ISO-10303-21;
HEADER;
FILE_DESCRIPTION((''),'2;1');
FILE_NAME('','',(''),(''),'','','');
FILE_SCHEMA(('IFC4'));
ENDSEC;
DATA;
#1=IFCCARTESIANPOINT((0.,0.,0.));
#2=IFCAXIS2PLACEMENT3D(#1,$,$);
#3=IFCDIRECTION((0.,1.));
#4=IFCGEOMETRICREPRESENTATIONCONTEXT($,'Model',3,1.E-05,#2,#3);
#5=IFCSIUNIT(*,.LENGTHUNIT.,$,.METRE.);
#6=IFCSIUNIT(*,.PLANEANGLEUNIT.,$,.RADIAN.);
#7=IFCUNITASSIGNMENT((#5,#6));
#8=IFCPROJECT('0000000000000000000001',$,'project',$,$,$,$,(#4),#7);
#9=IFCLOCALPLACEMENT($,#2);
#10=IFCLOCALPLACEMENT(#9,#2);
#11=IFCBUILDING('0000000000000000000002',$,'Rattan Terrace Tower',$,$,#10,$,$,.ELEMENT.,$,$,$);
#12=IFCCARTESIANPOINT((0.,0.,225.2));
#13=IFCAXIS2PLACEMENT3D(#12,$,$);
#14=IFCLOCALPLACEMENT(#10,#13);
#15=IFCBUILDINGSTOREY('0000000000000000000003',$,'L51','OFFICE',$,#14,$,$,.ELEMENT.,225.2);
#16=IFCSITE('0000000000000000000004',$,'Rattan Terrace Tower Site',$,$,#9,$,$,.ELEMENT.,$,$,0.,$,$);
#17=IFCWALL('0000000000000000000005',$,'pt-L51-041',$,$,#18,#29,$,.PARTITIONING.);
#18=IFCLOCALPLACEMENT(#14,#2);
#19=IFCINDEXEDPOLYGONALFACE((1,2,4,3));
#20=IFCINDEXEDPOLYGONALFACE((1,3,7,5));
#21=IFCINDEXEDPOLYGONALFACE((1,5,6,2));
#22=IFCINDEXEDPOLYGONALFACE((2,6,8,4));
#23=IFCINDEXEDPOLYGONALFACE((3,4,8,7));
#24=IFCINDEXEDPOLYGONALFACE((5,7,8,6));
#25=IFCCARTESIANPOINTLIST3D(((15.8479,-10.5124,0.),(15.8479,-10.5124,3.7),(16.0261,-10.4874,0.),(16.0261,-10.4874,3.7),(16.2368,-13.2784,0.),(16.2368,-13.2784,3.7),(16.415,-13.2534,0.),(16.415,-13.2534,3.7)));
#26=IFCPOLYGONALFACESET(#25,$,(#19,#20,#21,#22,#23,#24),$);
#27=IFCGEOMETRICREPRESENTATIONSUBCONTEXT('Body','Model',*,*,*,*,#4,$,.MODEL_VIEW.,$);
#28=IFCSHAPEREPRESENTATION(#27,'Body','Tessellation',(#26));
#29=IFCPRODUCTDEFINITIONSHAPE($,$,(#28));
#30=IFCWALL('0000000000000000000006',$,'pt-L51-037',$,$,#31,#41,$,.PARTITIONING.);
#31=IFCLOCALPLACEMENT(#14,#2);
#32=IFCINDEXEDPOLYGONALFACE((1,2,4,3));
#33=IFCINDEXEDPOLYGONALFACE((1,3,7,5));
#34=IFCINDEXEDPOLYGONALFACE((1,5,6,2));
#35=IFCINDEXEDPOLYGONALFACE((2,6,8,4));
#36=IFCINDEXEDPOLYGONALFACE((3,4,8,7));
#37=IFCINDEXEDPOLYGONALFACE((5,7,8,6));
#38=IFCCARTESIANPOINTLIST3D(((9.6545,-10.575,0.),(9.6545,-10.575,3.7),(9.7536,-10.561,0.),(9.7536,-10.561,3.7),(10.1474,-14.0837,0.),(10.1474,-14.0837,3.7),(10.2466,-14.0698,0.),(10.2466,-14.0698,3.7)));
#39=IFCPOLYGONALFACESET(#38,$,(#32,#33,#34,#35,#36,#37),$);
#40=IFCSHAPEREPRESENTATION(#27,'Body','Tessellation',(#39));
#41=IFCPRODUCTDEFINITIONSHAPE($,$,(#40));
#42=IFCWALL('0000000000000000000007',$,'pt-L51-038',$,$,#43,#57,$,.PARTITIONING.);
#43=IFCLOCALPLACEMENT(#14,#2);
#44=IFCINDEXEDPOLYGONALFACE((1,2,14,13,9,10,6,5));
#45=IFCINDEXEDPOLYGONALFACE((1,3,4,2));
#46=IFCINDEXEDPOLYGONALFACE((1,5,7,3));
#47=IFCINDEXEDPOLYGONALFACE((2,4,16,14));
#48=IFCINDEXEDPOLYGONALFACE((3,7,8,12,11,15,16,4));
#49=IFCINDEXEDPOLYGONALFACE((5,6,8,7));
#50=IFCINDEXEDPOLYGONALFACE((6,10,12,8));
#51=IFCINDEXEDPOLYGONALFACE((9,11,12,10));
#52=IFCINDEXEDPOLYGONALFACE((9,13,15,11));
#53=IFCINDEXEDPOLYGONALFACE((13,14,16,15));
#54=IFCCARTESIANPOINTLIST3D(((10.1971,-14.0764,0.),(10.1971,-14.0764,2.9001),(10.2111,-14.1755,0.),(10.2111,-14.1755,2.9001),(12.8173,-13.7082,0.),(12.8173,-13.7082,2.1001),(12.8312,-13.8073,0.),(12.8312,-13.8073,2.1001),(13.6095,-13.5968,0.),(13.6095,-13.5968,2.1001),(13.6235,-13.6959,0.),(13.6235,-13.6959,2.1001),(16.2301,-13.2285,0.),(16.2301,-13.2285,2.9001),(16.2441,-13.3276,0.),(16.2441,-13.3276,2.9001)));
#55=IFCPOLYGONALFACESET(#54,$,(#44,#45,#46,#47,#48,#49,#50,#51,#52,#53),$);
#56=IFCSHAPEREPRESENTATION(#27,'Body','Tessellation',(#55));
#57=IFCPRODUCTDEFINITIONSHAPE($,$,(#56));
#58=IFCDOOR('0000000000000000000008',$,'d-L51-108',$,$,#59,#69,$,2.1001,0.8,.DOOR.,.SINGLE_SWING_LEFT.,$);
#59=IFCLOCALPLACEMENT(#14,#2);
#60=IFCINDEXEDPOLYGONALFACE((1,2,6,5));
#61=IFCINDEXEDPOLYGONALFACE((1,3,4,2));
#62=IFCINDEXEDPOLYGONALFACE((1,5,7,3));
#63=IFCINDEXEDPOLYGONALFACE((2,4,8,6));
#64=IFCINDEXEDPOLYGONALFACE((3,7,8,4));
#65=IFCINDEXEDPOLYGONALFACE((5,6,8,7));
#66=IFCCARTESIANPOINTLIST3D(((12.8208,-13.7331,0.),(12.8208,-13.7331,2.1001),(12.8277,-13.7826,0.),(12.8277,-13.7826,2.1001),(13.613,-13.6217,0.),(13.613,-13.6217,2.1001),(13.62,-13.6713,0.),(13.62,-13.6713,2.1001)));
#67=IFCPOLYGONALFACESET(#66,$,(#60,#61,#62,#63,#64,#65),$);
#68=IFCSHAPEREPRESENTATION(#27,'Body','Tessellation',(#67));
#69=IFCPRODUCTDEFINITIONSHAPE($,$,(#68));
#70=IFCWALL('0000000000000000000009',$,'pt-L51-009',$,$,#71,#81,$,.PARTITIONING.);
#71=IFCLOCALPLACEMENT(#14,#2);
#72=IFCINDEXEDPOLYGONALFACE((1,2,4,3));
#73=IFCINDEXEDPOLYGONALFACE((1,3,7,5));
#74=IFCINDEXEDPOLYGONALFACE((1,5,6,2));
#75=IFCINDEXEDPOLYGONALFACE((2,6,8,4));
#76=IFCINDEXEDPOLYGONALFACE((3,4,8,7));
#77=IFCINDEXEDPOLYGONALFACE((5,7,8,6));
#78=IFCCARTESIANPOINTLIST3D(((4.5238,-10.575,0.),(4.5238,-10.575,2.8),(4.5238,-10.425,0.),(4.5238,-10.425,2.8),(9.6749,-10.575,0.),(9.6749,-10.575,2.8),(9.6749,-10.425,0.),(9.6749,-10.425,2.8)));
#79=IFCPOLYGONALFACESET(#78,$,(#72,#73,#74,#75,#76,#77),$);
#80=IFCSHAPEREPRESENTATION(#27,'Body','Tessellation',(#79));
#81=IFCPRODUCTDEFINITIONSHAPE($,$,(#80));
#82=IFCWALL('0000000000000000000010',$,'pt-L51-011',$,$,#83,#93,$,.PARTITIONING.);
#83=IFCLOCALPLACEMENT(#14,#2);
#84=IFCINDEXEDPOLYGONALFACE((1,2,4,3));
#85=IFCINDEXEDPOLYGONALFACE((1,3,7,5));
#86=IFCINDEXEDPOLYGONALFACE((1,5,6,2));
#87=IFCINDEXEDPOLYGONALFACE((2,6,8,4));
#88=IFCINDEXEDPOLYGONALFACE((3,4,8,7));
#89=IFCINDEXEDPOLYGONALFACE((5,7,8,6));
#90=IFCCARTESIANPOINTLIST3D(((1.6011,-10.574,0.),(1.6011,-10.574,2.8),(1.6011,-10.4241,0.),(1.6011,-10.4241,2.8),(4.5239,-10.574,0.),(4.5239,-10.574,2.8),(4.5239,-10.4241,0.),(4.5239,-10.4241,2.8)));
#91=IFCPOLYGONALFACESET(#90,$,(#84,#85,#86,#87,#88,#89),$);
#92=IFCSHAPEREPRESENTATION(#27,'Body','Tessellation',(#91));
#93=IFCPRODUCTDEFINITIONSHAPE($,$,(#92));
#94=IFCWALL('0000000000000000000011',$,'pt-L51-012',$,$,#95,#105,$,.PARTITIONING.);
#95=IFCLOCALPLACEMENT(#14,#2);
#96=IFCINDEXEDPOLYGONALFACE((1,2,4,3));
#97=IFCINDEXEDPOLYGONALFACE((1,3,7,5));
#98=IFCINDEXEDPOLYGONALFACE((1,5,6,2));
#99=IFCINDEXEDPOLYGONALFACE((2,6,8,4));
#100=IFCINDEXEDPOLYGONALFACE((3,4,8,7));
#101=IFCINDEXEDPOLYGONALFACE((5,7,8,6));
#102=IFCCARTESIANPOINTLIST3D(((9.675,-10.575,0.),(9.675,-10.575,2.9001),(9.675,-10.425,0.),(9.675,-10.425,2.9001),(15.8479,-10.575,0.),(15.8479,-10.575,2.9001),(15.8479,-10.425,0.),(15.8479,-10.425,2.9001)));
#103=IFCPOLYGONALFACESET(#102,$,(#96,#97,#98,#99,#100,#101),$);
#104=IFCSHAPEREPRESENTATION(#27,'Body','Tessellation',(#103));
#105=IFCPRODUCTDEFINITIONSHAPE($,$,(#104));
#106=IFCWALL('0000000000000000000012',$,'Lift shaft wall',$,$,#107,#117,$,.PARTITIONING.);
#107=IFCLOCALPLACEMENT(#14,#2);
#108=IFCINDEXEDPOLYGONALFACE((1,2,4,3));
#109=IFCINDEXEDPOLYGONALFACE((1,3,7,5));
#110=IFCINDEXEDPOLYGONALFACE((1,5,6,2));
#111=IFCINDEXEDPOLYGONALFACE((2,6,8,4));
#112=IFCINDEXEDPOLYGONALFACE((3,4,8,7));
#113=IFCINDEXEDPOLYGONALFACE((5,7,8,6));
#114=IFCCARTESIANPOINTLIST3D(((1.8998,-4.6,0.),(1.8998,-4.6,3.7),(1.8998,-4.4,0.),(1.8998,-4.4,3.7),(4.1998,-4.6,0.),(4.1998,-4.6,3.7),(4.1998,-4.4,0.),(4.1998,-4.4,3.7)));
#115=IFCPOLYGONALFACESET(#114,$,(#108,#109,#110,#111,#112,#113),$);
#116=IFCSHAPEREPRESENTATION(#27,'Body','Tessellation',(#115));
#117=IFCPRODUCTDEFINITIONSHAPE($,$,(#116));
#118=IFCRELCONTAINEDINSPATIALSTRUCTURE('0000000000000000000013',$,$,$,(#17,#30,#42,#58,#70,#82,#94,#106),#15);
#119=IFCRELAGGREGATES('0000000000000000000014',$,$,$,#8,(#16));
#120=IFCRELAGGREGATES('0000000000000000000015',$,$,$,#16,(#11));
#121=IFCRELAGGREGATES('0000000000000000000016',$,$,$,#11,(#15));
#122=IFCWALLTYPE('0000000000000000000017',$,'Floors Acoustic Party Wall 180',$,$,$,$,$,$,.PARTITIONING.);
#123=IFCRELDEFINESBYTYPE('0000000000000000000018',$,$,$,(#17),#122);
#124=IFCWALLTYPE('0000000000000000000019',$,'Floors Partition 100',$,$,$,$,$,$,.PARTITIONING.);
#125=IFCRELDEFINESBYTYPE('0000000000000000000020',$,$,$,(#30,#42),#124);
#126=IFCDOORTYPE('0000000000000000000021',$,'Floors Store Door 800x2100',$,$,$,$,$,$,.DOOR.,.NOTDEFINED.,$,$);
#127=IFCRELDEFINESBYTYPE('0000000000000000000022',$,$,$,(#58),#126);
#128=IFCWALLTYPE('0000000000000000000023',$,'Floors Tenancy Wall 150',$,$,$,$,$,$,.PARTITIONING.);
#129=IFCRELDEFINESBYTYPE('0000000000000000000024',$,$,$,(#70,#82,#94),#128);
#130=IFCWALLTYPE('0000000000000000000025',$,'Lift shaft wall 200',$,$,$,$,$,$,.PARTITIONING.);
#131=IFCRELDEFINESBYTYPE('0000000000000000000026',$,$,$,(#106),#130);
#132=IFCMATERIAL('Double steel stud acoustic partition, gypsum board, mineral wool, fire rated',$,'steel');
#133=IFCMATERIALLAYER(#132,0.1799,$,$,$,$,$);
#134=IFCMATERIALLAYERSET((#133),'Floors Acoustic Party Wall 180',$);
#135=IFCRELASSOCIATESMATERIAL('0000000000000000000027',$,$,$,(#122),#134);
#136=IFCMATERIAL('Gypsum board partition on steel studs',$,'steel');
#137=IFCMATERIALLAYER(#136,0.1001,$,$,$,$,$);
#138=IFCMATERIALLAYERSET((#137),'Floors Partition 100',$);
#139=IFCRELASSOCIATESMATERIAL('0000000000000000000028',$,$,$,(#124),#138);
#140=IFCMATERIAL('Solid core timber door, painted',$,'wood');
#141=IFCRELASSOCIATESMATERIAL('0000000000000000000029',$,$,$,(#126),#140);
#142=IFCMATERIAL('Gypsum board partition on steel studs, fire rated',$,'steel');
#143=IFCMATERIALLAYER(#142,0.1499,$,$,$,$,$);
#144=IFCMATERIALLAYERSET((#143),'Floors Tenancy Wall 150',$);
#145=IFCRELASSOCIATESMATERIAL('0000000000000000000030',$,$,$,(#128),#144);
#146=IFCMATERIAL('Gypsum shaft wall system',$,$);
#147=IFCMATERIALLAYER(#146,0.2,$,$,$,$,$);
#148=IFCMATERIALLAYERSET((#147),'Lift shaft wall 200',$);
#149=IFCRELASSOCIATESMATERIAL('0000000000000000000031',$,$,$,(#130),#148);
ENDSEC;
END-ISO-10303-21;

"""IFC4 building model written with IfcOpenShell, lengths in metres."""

from ifc_helpers import new_model, si_unit, direction, frame, frame_2d, origin, place, context, subcontext, project, spatial, rectangle, extrude, material, layer, layer_set, type_object, element, fill, save


model = new_model("IFC4")

# Units and contexts
model_context = context("Model", 3, precision=1e-05, world=origin(), true_north=direction((0.0, 1.0)))
body_context = subcontext(model_context, "Body", "Model", "MODEL_VIEW")
ifc_project = project(units=[si_unit("LENGTHUNIT", "METRE"), si_unit("PLANEANGLEUNIT", "RADIAN")], contexts=[model_context])

# Site, building, storey
site_placement = place(None, origin())
site = spatial("IfcSite", under=ifc_project, at=site_placement, Name="Rattan Terrace Tower Site", CompositionType="ELEMENT", RefElevation=0.0)
building_placement = place(site_placement, origin())
building = spatial("IfcBuilding", under=site, at=building_placement, Name="Rattan Terrace Tower", CompositionType="ELEMENT")
storey_placement = place(building_placement, frame((0.0, 0.0, 225.2)))
storey = spatial("IfcBuildingStorey", under=building, at=storey_placement, Name="L51", Description="OFFICE", CompositionType="ELEMENT", Elevation=225.2)

# Walls
ifc_material_1 = material(Name="Double steel stud acoustic partition, gypsum board, mineral wool, fire rated", Category="steel")
ifc_layer_1 = layer(ifc_material_1, 0.1799)
ifc_layer_set_1 = layer_set([ifc_layer_1], Name="Floors Acoustic Party Wall 180")
wall_type_1 = type_object("IfcWallType", Name="Floors Acoustic Party Wall 180", PredefinedType="PARTITIONING", material=ifc_layer_set_1)
wall_1_placement = place(storey_placement, frame((15.937, -10.5, 0.0), z_axis=(0.0, 0.0, 1.0), x_axis=(0.139231, -0.99026, 0.0)))
element("IfcWall", 1, at=wall_1_placement, inside=storey, type_object=wall_type_1, Name="pt-L51-041", PredefinedType="PARTITIONING", context=body_context, shape_type="SweptSolid", body=[
    extrude(rectangle(XDim=2.7932, YDim=0.1799, at=frame_2d((1.3965, 0.0))), origin(), (0.0, 0.0, 1.0), 3.7),
])
ifc_material_2 = material(Name="Gypsum board partition on steel studs", Category="steel")
ifc_layer_2 = layer(ifc_material_2, 0.1001)
ifc_layer_set_2 = layer_set([ifc_layer_2], Name="Floors Partition 100")
wall_type_2 = type_object("IfcWallType", Name="Floors Partition 100", PredefinedType="PARTITIONING", material=ifc_layer_set_2)
wall_2_placement = place(storey_placement, frame((9.7041, -10.5681, 0.0), z_axis=(0.0, 0.0, 1.0), x_axis=(0.139115, -0.990276, 0.0)))
element("IfcWall", 2, at=wall_2_placement, inside=storey, type_object=wall_type_2, Name="pt-L51-037", PredefinedType="PARTITIONING", context=body_context, shape_type="SweptSolid", body=[
    extrude(rectangle(XDim=3.5432, YDim=0.1001, at=frame_2d((1.7715, 0.0))), origin(), (0.0, 0.0, 1.0), 3.7),
])

# Wall, opening, door
wall_3_placement = place(storey_placement, frame((10.2041, -14.126, 0.0), z_axis=(0.0, 0.0, 1.0), x_axis=(0.990268, 0.139177, 0.0)))
wall_3 = element("IfcWall", 3, at=wall_3_placement, inside=storey, type_object=wall_type_2, Name="pt-L51-038", PredefinedType="PARTITIONING", context=body_context, shape_type="SweptSolid", body=[
    extrude(rectangle(XDim=6.0923, YDim=0.1001, at=frame_2d((3.0461, 0.0))), origin(), (0.0, 0.0, 1.0), 2.9001),
])
opening_1_placement = place(wall_3_placement, frame((2.646, 0.0, 0.0)))
opening_1 = element("IfcOpeningElement", 4, at=opening_1_placement, cuts=wall_3, PredefinedType="OPENING", context=body_context, shape_type="SweptSolid", body=[
    extrude(rectangle(XDim=0.8, YDim=2.1001, at=frame_2d((0.3999, 1.05))), frame((0.0, 0.0605, 0.0), z_axis=(0.0, -1.0, 0.0), x_axis=(1.0, 0.0, 0.0)), (0.0, 0.0, 1.0), 0.1211),
])
ifc_material_3 = material(Name="Solid core timber door, painted", Category="wood")
door_type_1 = type_object("IfcDoorType", Name="Floors Store Door 800x2100", OperationType="NOTDEFINED", PredefinedType="DOOR", material=ifc_material_3)
door_1_placement = place(opening_1_placement, origin())
door_1 = element("IfcDoor", 5, at=door_1_placement, inside=storey, type_object=door_type_1, Name="d-L51-108", OperationType="SINGLE_SWING_LEFT", OverallHeight=2.1001, OverallWidth=0.8, PredefinedType="DOOR", context=body_context, shape_type="SweptSolid", body=[
    extrude(rectangle(XDim=0.8, YDim=2.1001, at=frame_2d((0.3999, 1.05))), frame((0.0, 0.0249, 0.0), z_axis=(0.0, -1.0, 0.0), x_axis=(1.0, 0.0, 0.0)), (0.0, 0.0, 1.0), 0.05),
])
fill(opening_1, door_1)

# Walls
ifc_material_4 = material(Name="Gypsum board partition on steel studs, fire rated", Category="steel")
ifc_layer_3 = layer(ifc_material_4, 0.1499)
ifc_layer_set_3 = layer_set([ifc_layer_3], Name="Floors Tenancy Wall 150")
wall_type_3 = type_object("IfcWallType", Name="Floors Tenancy Wall 150", PredefinedType="PARTITIONING", material=ifc_layer_set_3)
wall_4_placement = place(storey_placement, frame((9.675, -10.5, 0.0), z_axis=(0.0, 0.0, 1.0), x_axis=(-1.0, 0.0, 0.0)))
element("IfcWall", 6, at=wall_4_placement, inside=storey, type_object=wall_type_3, Name="pt-L51-009", PredefinedType="PARTITIONING", context=body_context, shape_type="SweptSolid", body=[
    extrude(rectangle(XDim=5.1511, YDim=0.1499, at=frame_2d((2.5757, 0.0))), origin(), (0.0, 0.0, 1.0), 2.8),
])
wall_5_placement = place(storey_placement, frame((4.5239, -10.499, 0.0), z_axis=(0.0, 0.0, 1.0), x_axis=(-1.0, 0.0, 0.0)))
element("IfcWall", 7, at=wall_5_placement, inside=storey, type_object=wall_type_3, Name="pt-L51-011", PredefinedType="PARTITIONING", context=body_context, shape_type="SweptSolid", body=[
    extrude(rectangle(XDim=2.9229, YDim=0.1499, at=frame_2d((1.4614, 0.0))), origin(), (0.0, 0.0, 1.0), 2.8),
])
wall_6_placement = place(storey_placement, frame((15.8479, -10.5, 0.0), z_axis=(0.0, 0.0, 1.0), x_axis=(-1.0, 0.0, 0.0)))
element("IfcWall", 8, at=wall_6_placement, inside=storey, type_object=wall_type_3, Name="pt-L51-012", PredefinedType="PARTITIONING", context=body_context, shape_type="SweptSolid", body=[
    extrude(rectangle(XDim=6.1729, YDim=0.1499, at=frame_2d((3.0864, 0.0))), origin(), (0.0, 0.0, 1.0), 2.9001),
])
ifc_material_5 = material(Name="Gypsum shaft wall system")
ifc_layer_4 = layer(ifc_material_5, 0.2)
ifc_layer_set_4 = layer_set([ifc_layer_4], Name="Lift shaft wall 200")
wall_type_4 = type_object("IfcWallType", Name="Lift shaft wall 200", PredefinedType="PARTITIONING", material=ifc_layer_set_4)
wall_7_placement = place(storey_placement, frame((1.8999, -4.5, 0.0), z_axis=(0.0, 0.0, 1.0), x_axis=(1.0, 0.0, 0.0)))
element("IfcWall", 9, at=wall_7_placement, inside=storey, type_object=wall_type_4, Name="Lift shaft wall", PredefinedType="PARTITIONING", context=body_context, shape_type="SweptSolid", body=[
    extrude(rectangle(XDim=2.3, YDim=0.2, at=frame_2d((1.1499, 0.0))), origin(), (0.0, 0.0, 1.0), 3.7),
])

save(model, "model.ifc")
